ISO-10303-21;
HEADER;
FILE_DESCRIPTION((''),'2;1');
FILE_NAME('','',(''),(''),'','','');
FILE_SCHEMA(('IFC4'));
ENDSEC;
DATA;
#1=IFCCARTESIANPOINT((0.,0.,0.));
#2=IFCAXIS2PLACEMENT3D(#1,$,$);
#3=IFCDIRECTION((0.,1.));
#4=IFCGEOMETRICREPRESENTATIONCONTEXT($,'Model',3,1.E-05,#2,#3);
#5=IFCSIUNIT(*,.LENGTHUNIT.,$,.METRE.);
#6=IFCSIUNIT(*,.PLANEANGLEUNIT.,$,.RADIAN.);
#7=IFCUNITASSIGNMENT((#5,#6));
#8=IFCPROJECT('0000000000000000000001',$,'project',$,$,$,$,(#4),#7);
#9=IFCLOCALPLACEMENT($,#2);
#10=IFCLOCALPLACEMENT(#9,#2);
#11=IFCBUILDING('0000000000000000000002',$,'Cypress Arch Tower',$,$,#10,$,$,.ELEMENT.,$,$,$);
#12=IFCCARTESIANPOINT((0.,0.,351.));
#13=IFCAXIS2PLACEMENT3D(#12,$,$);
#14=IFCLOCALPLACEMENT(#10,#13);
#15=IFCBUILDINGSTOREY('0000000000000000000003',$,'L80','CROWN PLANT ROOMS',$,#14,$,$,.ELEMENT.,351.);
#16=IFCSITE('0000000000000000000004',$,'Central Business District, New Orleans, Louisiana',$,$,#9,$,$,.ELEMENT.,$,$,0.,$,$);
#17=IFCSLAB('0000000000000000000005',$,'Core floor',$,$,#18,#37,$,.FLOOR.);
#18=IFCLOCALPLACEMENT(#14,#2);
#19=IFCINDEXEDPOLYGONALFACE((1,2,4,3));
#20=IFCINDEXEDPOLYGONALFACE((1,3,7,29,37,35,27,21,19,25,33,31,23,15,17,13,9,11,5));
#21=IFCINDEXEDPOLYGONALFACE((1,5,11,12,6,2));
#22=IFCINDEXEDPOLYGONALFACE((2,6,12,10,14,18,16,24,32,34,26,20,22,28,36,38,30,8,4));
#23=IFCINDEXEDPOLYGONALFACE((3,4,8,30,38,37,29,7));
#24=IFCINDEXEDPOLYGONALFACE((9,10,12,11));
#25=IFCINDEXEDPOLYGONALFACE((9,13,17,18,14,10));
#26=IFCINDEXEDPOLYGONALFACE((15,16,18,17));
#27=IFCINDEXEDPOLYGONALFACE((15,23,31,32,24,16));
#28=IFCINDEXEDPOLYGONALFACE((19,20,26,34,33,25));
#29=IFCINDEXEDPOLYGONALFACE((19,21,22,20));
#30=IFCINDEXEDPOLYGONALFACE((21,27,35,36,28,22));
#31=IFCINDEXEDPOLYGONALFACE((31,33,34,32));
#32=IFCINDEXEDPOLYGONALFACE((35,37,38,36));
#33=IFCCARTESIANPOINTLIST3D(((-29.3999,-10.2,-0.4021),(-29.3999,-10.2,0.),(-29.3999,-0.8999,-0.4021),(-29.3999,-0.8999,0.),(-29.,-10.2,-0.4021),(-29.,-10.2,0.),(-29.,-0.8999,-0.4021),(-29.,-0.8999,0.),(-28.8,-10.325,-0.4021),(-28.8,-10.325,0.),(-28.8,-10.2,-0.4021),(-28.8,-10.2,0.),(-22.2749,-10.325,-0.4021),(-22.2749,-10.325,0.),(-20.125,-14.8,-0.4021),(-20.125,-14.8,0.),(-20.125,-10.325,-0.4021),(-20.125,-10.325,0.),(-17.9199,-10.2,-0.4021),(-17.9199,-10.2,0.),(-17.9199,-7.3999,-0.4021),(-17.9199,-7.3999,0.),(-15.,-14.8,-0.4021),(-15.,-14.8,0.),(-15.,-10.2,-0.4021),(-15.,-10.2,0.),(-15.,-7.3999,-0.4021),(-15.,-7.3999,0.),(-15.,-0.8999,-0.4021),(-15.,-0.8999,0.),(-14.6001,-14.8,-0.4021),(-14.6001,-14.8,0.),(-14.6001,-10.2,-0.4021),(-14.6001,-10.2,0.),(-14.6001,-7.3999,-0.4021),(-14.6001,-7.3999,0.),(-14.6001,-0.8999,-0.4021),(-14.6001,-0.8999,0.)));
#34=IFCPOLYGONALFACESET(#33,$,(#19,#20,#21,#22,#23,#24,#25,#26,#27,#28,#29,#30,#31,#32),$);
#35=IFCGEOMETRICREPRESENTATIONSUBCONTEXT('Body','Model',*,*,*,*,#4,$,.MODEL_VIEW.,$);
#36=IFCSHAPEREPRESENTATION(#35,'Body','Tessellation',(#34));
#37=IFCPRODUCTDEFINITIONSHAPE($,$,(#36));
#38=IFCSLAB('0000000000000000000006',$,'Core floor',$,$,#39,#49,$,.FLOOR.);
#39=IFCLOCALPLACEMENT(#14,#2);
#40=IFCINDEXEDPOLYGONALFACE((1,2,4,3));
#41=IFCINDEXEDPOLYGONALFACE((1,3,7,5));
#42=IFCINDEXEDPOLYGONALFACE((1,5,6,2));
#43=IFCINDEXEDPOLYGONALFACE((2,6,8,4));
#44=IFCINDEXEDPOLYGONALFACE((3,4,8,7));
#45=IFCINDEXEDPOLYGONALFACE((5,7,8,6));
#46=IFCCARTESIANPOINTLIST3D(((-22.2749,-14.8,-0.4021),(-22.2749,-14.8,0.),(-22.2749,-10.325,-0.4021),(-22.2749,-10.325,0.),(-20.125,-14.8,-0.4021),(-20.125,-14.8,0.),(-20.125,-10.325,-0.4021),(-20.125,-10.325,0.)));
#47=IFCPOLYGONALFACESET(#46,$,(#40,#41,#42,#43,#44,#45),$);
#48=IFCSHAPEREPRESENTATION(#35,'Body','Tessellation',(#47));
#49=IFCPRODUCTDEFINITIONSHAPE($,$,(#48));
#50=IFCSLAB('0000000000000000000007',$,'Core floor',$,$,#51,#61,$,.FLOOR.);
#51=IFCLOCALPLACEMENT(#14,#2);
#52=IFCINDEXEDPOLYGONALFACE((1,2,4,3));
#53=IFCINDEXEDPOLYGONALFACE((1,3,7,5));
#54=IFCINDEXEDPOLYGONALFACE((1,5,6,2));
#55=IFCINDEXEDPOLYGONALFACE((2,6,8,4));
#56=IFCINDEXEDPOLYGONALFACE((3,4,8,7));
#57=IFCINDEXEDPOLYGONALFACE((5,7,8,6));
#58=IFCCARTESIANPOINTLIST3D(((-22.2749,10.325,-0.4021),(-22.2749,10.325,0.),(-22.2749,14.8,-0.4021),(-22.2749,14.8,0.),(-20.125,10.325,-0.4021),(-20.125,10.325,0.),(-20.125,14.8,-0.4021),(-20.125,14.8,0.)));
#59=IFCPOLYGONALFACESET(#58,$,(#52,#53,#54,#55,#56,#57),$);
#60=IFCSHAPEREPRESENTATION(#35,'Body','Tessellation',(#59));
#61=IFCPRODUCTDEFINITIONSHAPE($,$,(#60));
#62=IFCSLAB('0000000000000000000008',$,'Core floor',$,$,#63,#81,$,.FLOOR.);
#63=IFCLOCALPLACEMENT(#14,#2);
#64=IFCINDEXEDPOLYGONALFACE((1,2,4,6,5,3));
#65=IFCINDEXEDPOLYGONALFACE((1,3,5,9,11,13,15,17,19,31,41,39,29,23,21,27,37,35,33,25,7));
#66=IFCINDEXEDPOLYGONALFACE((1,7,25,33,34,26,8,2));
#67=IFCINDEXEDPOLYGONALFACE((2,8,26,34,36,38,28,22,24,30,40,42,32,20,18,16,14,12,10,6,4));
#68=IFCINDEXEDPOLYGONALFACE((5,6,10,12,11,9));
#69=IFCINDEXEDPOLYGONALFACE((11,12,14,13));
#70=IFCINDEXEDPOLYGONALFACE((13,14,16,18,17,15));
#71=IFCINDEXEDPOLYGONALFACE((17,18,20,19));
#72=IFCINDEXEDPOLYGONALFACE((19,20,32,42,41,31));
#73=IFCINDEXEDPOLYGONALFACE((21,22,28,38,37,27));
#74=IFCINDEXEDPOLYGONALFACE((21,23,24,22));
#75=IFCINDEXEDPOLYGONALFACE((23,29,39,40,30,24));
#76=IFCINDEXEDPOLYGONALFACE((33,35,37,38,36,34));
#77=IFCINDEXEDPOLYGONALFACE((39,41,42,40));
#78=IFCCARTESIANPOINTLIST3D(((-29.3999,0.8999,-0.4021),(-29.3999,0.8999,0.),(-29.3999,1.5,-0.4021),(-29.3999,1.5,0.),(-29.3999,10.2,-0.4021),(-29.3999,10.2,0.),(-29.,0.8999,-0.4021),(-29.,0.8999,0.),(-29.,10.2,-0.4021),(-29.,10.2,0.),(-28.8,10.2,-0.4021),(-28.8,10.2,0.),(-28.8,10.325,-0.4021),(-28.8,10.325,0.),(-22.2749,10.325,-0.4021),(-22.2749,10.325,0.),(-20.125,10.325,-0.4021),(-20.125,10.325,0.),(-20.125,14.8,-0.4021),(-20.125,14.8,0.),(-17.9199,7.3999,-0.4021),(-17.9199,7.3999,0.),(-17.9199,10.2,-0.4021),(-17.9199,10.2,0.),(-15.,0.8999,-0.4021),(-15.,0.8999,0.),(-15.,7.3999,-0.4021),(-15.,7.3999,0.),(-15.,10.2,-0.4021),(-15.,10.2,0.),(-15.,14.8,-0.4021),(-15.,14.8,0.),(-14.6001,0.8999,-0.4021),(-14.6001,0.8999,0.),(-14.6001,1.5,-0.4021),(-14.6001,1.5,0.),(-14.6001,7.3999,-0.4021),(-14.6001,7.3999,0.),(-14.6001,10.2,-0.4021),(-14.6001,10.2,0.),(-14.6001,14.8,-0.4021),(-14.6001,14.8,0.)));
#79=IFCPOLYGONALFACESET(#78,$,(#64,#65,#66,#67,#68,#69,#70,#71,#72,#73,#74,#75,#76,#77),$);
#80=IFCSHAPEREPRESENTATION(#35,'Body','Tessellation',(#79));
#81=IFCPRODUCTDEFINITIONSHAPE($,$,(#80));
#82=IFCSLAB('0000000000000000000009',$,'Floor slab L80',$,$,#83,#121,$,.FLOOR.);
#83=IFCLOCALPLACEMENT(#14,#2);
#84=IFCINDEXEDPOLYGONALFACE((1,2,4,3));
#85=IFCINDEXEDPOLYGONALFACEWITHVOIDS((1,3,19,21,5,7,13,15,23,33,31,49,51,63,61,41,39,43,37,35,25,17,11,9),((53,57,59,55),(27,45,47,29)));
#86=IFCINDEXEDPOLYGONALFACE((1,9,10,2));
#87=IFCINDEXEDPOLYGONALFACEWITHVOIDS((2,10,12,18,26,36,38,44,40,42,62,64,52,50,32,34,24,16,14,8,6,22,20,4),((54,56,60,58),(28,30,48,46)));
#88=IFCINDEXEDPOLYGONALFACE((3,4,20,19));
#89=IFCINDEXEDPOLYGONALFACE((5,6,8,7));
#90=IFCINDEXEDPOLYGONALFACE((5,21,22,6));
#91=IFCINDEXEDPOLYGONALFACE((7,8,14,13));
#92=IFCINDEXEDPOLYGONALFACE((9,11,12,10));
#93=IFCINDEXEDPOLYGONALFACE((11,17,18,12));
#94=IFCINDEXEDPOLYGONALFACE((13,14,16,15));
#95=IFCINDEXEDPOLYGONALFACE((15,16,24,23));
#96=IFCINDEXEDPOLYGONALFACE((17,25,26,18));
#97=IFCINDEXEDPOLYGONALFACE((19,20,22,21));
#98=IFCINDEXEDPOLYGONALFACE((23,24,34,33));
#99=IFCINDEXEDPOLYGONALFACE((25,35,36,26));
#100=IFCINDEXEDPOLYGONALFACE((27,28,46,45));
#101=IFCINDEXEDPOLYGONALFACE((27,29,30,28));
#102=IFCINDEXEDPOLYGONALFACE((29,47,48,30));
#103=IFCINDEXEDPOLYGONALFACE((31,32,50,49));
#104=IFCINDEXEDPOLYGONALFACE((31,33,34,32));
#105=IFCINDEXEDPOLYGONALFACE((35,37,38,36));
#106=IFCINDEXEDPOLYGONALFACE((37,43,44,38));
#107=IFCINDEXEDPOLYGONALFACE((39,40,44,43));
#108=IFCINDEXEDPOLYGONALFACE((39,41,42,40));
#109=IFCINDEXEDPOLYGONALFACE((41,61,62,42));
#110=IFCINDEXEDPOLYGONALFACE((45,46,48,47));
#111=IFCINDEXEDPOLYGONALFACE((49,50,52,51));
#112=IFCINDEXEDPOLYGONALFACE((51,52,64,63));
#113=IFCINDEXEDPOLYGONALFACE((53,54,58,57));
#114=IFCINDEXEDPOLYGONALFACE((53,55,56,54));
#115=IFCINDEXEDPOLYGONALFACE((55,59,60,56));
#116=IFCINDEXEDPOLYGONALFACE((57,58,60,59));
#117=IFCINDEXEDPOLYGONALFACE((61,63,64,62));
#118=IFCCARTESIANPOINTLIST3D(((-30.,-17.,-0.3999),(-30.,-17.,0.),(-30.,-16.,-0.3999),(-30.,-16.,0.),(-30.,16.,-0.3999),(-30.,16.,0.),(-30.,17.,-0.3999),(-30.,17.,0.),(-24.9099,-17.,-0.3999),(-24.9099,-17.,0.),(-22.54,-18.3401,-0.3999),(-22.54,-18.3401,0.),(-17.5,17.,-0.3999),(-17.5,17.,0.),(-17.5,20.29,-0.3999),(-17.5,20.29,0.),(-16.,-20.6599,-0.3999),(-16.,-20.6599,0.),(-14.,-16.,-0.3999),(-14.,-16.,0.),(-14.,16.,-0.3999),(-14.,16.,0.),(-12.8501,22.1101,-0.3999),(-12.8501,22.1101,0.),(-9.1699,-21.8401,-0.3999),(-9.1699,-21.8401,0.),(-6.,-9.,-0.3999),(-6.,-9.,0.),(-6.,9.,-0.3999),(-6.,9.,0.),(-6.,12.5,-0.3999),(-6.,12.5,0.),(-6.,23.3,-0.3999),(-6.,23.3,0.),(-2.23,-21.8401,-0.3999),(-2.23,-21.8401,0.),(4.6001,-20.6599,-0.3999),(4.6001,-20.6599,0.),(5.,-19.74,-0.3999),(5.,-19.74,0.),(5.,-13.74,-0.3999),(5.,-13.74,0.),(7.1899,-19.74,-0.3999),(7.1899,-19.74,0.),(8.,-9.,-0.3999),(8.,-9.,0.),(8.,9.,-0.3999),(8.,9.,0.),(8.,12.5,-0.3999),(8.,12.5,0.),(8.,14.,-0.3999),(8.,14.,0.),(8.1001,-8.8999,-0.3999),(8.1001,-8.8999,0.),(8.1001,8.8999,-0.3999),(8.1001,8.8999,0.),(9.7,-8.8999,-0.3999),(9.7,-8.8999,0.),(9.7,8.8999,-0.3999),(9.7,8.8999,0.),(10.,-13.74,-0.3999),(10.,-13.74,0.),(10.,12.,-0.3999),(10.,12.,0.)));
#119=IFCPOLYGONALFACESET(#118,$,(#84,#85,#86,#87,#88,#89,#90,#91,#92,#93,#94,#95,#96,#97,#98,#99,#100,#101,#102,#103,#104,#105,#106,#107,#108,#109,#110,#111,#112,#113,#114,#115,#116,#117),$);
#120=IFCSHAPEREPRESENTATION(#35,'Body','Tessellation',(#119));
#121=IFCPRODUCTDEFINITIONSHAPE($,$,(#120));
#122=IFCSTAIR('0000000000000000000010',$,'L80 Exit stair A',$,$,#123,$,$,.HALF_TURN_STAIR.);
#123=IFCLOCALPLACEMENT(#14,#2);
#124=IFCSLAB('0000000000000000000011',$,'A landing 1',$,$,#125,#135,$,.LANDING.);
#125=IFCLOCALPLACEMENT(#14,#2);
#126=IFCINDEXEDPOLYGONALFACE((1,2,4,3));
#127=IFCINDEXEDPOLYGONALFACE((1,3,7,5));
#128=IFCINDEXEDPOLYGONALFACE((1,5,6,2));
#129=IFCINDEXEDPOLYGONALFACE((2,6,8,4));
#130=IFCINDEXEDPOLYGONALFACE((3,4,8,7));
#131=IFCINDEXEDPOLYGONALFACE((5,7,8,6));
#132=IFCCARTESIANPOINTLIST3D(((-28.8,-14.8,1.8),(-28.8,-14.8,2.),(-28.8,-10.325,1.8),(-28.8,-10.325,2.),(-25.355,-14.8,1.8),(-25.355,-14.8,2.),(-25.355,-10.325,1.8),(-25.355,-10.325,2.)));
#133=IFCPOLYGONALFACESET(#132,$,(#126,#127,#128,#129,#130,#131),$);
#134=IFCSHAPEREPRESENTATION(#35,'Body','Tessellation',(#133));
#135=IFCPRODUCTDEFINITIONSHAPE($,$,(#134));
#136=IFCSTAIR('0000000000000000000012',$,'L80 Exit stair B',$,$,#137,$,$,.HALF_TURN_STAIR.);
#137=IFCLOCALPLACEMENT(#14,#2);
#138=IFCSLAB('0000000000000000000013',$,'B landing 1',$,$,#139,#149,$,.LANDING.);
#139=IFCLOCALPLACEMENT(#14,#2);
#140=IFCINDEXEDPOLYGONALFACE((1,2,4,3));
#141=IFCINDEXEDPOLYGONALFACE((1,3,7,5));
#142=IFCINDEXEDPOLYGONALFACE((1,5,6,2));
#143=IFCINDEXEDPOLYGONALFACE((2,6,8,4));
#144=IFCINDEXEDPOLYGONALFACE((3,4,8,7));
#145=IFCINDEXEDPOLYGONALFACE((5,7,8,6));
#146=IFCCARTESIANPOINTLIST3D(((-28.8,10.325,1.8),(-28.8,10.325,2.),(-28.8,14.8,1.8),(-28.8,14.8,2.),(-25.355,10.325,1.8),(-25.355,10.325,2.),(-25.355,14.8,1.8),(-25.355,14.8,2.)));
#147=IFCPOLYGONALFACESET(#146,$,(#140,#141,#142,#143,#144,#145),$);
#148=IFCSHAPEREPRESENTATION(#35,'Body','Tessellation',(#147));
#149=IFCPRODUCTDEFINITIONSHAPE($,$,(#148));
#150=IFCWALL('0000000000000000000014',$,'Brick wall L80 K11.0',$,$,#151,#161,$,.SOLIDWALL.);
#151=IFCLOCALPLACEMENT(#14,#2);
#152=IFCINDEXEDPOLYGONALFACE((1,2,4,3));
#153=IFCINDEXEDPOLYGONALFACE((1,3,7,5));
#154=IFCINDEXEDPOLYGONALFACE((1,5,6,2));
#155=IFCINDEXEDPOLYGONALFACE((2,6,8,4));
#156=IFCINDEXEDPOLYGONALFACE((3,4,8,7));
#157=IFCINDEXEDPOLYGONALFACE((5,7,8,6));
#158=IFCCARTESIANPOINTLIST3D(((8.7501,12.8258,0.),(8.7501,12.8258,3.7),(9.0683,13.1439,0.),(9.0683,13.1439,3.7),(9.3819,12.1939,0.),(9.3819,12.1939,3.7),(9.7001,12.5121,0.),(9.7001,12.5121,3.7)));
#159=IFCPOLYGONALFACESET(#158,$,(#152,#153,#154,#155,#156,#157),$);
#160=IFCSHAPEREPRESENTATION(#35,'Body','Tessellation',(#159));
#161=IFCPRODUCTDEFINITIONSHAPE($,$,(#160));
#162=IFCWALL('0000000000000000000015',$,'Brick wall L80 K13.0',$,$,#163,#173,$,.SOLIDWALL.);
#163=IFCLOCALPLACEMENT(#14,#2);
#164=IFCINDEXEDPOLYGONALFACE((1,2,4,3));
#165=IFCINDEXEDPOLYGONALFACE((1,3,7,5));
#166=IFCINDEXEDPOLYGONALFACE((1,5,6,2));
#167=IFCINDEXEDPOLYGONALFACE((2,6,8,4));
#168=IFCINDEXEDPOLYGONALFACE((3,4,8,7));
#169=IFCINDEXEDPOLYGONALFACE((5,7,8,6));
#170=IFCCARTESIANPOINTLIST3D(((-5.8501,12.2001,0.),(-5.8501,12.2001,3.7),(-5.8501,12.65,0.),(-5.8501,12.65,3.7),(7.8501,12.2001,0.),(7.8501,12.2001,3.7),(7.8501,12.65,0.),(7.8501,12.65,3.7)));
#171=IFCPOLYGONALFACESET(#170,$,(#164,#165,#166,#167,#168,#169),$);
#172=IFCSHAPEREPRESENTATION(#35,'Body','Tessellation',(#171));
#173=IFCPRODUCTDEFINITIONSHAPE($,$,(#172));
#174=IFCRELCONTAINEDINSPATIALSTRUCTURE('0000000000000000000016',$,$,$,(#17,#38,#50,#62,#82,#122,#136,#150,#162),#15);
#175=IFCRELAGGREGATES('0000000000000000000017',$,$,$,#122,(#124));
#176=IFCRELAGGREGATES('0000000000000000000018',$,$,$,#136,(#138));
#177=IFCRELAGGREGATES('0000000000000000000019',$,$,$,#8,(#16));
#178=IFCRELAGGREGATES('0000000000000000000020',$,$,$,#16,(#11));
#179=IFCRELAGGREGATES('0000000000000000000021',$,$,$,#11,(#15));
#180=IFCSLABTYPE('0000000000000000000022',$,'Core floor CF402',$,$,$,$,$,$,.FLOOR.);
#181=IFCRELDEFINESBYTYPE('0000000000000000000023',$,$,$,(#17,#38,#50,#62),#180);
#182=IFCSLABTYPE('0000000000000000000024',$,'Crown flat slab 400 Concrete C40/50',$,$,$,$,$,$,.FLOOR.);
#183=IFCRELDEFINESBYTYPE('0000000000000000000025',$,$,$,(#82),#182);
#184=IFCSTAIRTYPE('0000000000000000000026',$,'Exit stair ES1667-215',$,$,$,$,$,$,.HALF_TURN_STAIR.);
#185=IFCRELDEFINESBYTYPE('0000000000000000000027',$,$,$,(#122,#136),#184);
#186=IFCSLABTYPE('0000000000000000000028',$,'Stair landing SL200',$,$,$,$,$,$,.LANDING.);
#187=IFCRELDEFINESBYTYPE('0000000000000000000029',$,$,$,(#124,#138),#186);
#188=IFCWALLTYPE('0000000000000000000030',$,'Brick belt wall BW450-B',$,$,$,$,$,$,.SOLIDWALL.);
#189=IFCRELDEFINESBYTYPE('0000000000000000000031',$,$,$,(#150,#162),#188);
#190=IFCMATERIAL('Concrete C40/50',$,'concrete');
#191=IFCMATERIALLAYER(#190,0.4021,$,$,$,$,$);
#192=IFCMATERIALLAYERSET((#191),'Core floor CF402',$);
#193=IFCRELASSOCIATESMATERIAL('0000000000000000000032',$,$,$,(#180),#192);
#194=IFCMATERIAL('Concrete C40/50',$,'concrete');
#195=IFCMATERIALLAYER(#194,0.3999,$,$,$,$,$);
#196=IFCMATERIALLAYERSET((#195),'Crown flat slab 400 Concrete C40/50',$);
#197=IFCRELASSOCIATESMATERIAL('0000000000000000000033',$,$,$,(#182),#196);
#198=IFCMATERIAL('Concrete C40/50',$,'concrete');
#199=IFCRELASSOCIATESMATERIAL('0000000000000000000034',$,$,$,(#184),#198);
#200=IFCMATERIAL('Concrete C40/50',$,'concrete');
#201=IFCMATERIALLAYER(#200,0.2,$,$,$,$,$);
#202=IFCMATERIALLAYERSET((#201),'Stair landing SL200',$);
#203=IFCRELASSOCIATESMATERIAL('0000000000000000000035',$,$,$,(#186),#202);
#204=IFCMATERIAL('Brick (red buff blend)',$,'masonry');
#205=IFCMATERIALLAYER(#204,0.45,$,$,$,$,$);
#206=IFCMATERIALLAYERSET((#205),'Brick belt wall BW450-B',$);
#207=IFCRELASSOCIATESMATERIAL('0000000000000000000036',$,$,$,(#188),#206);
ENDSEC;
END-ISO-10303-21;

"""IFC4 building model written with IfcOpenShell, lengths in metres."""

from ifc_helpers import new_model, si_unit, direction, frame, frame_2d, origin, place, context, subcontext, project, spatial, polyline, rectangle, outline, extrude, material, layer, layer_set, type_object, element, aggregate, save


model = new_model("IFC4")

# Units and contexts
model_context = context("Model", 3, precision=1e-05, world=origin(), true_north=direction((0.0, 1.0)))
body_context = subcontext(model_context, "Body", "Model", "MODEL_VIEW")
ifc_project = project(units=[si_unit("LENGTHUNIT", "METRE"), si_unit("PLANEANGLEUNIT", "RADIAN")], contexts=[model_context])

# Site, building, storey
site_placement = place(None, origin())
site = spatial("IfcSite", under=ifc_project, at=site_placement, Name="Central Business District, New Orleans, Louisiana", CompositionType="ELEMENT", RefElevation=0.0)
building_placement = place(site_placement, origin())
building = spatial("IfcBuilding", under=site, at=building_placement, Name="Cypress Arch Tower", CompositionType="ELEMENT")
storey_placement = place(building_placement, frame((0.0, 0.0, 351.0)))
storey = spatial("IfcBuildingStorey", under=building, at=storey_placement, Name="L80", Description="CROWN PLANT ROOMS", CompositionType="ELEMENT", Elevation=351.0)

# Slabs
ifc_material_1 = material(Name="Concrete C40/50", Category="concrete")
ifc_layer_1 = layer(ifc_material_1, 0.4021)
ifc_layer_set_1 = layer_set([ifc_layer_1], Name="Core floor CF402")
slab_type_1 = type_object("IfcSlabType", Name="Core floor CF402", PredefinedType="FLOOR", material=ifc_layer_set_1)
slab_1_placement = place(storey_placement, frame((0.0, 0.0, -0.4021)))
element("IfcSlab", 1, at=slab_1_placement, inside=storey, type_object=slab_type_1, Name="Core floor", PredefinedType="FLOOR", context=body_context, shape_type="SweptSolid", body=[
    extrude(outline(polyline([(-28.8, -10.2), (-29.0, -10.2), (-29.3999, -10.2), (-29.3999, -0.8999), (-29.0, -0.8999), (-15.0, -0.8999), (-14.6001, -0.8999), (-14.6001, -7.3999), (-15.0, -7.3999), (-17.9199, -7.3999), (-17.9199, -10.2), (-15.0, -10.2), (-14.6001, -10.2), (-14.6001, -14.8), (-15.0, -14.8), (-20.125, -14.8), (-20.125, -10.325), (-22.2749, -10.325), (-28.8, -10.325), (-28.8, -10.2)])), origin(), (0.0, 0.0, 1.0), 0.4021),
])
slab_2_placement = place(storey_placement, frame((0.0, 0.0, -0.4021)))
element("IfcSlab", 2, at=slab_2_placement, inside=storey, type_object=slab_type_1, Name="Core floor", PredefinedType="FLOOR", context=body_context, shape_type="SweptSolid", body=[
    extrude(outline(polyline([(-22.2749, -10.325), (-22.2749, -14.8), (-20.125, -14.8), (-20.125, -10.325), (-22.2749, -10.325)])), origin(), (0.0, 0.0, 1.0), 0.4021),
])
slab_3_placement = place(storey_placement, frame((0.0, 0.0, -0.4021)))
element("IfcSlab", 3, at=slab_3_placement, inside=storey, type_object=slab_type_1, Name="Core floor", PredefinedType="FLOOR", context=body_context, shape_type="SweptSolid", body=[
    extrude(outline(polyline([(-20.125, 14.8), (-22.2749, 14.8), (-22.2749, 10.325), (-20.125, 10.325), (-20.125, 14.8)])), origin(), (0.0, 0.0, 1.0), 0.4021),
])
slab_4_placement = place(storey_placement, frame((0.0, 0.0, -0.4021)))
element("IfcSlab", 4, at=slab_4_placement, inside=storey, type_object=slab_type_1, Name="Core floor", PredefinedType="FLOOR", context=body_context, shape_type="SweptSolid", body=[
    extrude(outline(polyline([(-22.2749, 10.325), (-20.125, 10.325), (-20.125, 14.8), (-15.0, 14.8), (-14.6001, 14.8), (-14.6001, 10.2), (-15.0, 10.2), (-17.9199, 10.2), (-17.9199, 7.3999), (-15.0, 7.3999), (-14.6001, 7.3999), (-14.6001, 1.5), (-14.6001, 0.8999), (-15.0, 0.8999), (-29.0, 0.8999), (-29.3999, 0.8999), (-29.3999, 1.5), (-29.3999, 10.2), (-29.0, 10.2), (-28.8, 10.2), (-28.8, 10.325), (-22.2749, 10.325)])), origin(), (0.0, 0.0, 1.0), 0.4021),
])
ifc_material_2 = material(Name="Concrete C40/50", Category="concrete")
ifc_layer_2 = layer(ifc_material_2, 0.3999)
ifc_layer_set_2 = layer_set([ifc_layer_2], Name="Crown flat slab 400 Concrete C40/50")
slab_type_2 = type_object("IfcSlabType", Name="Crown flat slab 400 Concrete C40/50", PredefinedType="FLOOR", material=ifc_layer_set_2)
slab_5_placement = place(storey_placement, frame((0.0, 0.0, -0.3999)))
element("IfcSlab", 5, at=slab_5_placement, inside=storey, type_object=slab_type_2, Name="Floor slab L80", PredefinedType="FLOOR", context=body_context, shape_type="SweptSolid", body=[
    extrude(outline(polyline([(-17.5, 17.0), (-17.5, 20.29), (-12.8501, 22.1101), (-6.0, 23.3), (-6.0, 12.5), (8.0, 12.5), (8.0, 14.0), (10.0, 12.0), (10.0, -13.74), (5.0, -13.74), (5.0, -19.74), (7.1899, -19.74), (4.6001, -20.6599), (-2.23, -21.8401), (-9.1699, -21.8401), (-16.0, -20.6599), (-22.54, -18.3401), (-24.9099, -17.0), (-30.0, -17.0), (-30.0, -16.0), (-14.0, -16.0), (-14.0, 16.0), (-30.0, 16.0), (-30.0, 17.0), (-17.5, 17.0)]), holes=[polyline([(8.1001, -8.8999), (9.7, -8.8999), (9.7, 8.8999), (8.1001, 8.8999), (8.1001, -8.8999)]), polyline([(8.0, -9.0), (8.0, 9.0), (-6.0, 9.0), (-6.0, -9.0), (8.0, -9.0)])]), origin(), (0.0, 0.0, 1.0), 0.3999),
])

# Stairs, slabs
ifc_material_3 = material(Name="Concrete C40/50", Category="concrete")
stair_type = type_object("IfcStairType", Name="Exit stair ES1667-215", PredefinedType="HALF_TURN_STAIR", material=ifc_material_3)
stair_1_placement = place(storey_placement, origin())
stair_1 = element("IfcStair", 6, at=stair_1_placement, inside=storey, type_object=stair_type, Name="L80 Exit stair A", PredefinedType="HALF_TURN_STAIR")
ifc_material_4 = material(Name="Concrete C40/50", Category="concrete")
ifc_layer_3 = layer(ifc_material_4, 0.2)
ifc_layer_set_3 = layer_set([ifc_layer_3], Name="Stair landing SL200")
slab_type_3 = type_object("IfcSlabType", Name="Stair landing SL200", PredefinedType="LANDING", material=ifc_layer_set_3)
slab_6_placement = place(storey_placement, frame((0.0, 0.0, 1.8)))
slab_6 = element("IfcSlab", 7, at=slab_6_placement, type_object=slab_type_3, Name="A landing 1", PredefinedType="LANDING", context=body_context, shape_type="SweptSolid", body=[
    extrude(outline(polyline([(-25.355, -10.325), (-28.8, -10.325), (-28.8, -14.8), (-25.355, -14.8), (-25.355, -10.325)])), origin(), (0.0, 0.0, 1.0), 0.2),
])
aggregate(stair_1, [slab_6])
stair_2_placement = place(storey_placement, origin())
stair_2 = element("IfcStair", 8, at=stair_2_placement, inside=storey, type_object=stair_type, Name="L80 Exit stair B", PredefinedType="HALF_TURN_STAIR")
slab_7_placement = place(storey_placement, frame((0.0, 0.0, 1.8)))
slab_7 = element("IfcSlab", 9, at=slab_7_placement, type_object=slab_type_3, Name="B landing 1", PredefinedType="LANDING", context=body_context, shape_type="SweptSolid", body=[
    extrude(outline(polyline([(-25.355, 14.8), (-28.8, 14.8), (-28.8, 10.325), (-25.355, 10.325), (-25.355, 14.8)])), origin(), (0.0, 0.0, 1.0), 0.2),
])
aggregate(stair_2, [slab_7])

# Walls
ifc_material_5 = material(Name="Brick (red buff blend)", Category="masonry")
ifc_layer_4 = layer(ifc_material_5, 0.45)
ifc_layer_set_4 = layer_set([ifc_layer_4], Name="Brick belt wall BW450-B")
wall_type_1 = type_object("IfcWallType", Name="Brick belt wall BW450-B", PredefinedType="SOLIDWALL", material=ifc_layer_set_4)
wall_1_placement = place(storey_placement, frame((9.541, 12.353, 0.0), z_axis=(0.0, 0.0, 1.0), x_axis=(-0.707107, 0.707107, 0.0)))
element("IfcWall", 10, at=wall_1_placement, inside=storey, type_object=wall_type_1, Name="Brick wall L80 K11.0", PredefinedType="SOLIDWALL", context=body_context, shape_type="SweptSolid", body=[
    extrude(rectangle(XDim=0.8936, YDim=0.45, at=frame_2d((0.4468, 0.0))), origin(), (0.0, 0.0, 1.0), 3.7),
])
wall_2_placement = place(storey_placement, frame((7.8501, 12.425, 0.0), z_axis=(0.0, 0.0, 1.0), x_axis=(-1.0, 0.0, 0.0)))
element("IfcWall", 11, at=wall_2_placement, inside=storey, type_object=wall_type_1, Name="Brick wall L80 K13.0", PredefinedType="SOLIDWALL", context=body_context, shape_type="SweptSolid", body=[
    extrude(rectangle(XDim=13.7002, YDim=0.45, at=frame_2d((6.8501, 0.0))), origin(), (0.0, 0.0, 1.0), 3.7),
])

save(model, "model.ifc")
